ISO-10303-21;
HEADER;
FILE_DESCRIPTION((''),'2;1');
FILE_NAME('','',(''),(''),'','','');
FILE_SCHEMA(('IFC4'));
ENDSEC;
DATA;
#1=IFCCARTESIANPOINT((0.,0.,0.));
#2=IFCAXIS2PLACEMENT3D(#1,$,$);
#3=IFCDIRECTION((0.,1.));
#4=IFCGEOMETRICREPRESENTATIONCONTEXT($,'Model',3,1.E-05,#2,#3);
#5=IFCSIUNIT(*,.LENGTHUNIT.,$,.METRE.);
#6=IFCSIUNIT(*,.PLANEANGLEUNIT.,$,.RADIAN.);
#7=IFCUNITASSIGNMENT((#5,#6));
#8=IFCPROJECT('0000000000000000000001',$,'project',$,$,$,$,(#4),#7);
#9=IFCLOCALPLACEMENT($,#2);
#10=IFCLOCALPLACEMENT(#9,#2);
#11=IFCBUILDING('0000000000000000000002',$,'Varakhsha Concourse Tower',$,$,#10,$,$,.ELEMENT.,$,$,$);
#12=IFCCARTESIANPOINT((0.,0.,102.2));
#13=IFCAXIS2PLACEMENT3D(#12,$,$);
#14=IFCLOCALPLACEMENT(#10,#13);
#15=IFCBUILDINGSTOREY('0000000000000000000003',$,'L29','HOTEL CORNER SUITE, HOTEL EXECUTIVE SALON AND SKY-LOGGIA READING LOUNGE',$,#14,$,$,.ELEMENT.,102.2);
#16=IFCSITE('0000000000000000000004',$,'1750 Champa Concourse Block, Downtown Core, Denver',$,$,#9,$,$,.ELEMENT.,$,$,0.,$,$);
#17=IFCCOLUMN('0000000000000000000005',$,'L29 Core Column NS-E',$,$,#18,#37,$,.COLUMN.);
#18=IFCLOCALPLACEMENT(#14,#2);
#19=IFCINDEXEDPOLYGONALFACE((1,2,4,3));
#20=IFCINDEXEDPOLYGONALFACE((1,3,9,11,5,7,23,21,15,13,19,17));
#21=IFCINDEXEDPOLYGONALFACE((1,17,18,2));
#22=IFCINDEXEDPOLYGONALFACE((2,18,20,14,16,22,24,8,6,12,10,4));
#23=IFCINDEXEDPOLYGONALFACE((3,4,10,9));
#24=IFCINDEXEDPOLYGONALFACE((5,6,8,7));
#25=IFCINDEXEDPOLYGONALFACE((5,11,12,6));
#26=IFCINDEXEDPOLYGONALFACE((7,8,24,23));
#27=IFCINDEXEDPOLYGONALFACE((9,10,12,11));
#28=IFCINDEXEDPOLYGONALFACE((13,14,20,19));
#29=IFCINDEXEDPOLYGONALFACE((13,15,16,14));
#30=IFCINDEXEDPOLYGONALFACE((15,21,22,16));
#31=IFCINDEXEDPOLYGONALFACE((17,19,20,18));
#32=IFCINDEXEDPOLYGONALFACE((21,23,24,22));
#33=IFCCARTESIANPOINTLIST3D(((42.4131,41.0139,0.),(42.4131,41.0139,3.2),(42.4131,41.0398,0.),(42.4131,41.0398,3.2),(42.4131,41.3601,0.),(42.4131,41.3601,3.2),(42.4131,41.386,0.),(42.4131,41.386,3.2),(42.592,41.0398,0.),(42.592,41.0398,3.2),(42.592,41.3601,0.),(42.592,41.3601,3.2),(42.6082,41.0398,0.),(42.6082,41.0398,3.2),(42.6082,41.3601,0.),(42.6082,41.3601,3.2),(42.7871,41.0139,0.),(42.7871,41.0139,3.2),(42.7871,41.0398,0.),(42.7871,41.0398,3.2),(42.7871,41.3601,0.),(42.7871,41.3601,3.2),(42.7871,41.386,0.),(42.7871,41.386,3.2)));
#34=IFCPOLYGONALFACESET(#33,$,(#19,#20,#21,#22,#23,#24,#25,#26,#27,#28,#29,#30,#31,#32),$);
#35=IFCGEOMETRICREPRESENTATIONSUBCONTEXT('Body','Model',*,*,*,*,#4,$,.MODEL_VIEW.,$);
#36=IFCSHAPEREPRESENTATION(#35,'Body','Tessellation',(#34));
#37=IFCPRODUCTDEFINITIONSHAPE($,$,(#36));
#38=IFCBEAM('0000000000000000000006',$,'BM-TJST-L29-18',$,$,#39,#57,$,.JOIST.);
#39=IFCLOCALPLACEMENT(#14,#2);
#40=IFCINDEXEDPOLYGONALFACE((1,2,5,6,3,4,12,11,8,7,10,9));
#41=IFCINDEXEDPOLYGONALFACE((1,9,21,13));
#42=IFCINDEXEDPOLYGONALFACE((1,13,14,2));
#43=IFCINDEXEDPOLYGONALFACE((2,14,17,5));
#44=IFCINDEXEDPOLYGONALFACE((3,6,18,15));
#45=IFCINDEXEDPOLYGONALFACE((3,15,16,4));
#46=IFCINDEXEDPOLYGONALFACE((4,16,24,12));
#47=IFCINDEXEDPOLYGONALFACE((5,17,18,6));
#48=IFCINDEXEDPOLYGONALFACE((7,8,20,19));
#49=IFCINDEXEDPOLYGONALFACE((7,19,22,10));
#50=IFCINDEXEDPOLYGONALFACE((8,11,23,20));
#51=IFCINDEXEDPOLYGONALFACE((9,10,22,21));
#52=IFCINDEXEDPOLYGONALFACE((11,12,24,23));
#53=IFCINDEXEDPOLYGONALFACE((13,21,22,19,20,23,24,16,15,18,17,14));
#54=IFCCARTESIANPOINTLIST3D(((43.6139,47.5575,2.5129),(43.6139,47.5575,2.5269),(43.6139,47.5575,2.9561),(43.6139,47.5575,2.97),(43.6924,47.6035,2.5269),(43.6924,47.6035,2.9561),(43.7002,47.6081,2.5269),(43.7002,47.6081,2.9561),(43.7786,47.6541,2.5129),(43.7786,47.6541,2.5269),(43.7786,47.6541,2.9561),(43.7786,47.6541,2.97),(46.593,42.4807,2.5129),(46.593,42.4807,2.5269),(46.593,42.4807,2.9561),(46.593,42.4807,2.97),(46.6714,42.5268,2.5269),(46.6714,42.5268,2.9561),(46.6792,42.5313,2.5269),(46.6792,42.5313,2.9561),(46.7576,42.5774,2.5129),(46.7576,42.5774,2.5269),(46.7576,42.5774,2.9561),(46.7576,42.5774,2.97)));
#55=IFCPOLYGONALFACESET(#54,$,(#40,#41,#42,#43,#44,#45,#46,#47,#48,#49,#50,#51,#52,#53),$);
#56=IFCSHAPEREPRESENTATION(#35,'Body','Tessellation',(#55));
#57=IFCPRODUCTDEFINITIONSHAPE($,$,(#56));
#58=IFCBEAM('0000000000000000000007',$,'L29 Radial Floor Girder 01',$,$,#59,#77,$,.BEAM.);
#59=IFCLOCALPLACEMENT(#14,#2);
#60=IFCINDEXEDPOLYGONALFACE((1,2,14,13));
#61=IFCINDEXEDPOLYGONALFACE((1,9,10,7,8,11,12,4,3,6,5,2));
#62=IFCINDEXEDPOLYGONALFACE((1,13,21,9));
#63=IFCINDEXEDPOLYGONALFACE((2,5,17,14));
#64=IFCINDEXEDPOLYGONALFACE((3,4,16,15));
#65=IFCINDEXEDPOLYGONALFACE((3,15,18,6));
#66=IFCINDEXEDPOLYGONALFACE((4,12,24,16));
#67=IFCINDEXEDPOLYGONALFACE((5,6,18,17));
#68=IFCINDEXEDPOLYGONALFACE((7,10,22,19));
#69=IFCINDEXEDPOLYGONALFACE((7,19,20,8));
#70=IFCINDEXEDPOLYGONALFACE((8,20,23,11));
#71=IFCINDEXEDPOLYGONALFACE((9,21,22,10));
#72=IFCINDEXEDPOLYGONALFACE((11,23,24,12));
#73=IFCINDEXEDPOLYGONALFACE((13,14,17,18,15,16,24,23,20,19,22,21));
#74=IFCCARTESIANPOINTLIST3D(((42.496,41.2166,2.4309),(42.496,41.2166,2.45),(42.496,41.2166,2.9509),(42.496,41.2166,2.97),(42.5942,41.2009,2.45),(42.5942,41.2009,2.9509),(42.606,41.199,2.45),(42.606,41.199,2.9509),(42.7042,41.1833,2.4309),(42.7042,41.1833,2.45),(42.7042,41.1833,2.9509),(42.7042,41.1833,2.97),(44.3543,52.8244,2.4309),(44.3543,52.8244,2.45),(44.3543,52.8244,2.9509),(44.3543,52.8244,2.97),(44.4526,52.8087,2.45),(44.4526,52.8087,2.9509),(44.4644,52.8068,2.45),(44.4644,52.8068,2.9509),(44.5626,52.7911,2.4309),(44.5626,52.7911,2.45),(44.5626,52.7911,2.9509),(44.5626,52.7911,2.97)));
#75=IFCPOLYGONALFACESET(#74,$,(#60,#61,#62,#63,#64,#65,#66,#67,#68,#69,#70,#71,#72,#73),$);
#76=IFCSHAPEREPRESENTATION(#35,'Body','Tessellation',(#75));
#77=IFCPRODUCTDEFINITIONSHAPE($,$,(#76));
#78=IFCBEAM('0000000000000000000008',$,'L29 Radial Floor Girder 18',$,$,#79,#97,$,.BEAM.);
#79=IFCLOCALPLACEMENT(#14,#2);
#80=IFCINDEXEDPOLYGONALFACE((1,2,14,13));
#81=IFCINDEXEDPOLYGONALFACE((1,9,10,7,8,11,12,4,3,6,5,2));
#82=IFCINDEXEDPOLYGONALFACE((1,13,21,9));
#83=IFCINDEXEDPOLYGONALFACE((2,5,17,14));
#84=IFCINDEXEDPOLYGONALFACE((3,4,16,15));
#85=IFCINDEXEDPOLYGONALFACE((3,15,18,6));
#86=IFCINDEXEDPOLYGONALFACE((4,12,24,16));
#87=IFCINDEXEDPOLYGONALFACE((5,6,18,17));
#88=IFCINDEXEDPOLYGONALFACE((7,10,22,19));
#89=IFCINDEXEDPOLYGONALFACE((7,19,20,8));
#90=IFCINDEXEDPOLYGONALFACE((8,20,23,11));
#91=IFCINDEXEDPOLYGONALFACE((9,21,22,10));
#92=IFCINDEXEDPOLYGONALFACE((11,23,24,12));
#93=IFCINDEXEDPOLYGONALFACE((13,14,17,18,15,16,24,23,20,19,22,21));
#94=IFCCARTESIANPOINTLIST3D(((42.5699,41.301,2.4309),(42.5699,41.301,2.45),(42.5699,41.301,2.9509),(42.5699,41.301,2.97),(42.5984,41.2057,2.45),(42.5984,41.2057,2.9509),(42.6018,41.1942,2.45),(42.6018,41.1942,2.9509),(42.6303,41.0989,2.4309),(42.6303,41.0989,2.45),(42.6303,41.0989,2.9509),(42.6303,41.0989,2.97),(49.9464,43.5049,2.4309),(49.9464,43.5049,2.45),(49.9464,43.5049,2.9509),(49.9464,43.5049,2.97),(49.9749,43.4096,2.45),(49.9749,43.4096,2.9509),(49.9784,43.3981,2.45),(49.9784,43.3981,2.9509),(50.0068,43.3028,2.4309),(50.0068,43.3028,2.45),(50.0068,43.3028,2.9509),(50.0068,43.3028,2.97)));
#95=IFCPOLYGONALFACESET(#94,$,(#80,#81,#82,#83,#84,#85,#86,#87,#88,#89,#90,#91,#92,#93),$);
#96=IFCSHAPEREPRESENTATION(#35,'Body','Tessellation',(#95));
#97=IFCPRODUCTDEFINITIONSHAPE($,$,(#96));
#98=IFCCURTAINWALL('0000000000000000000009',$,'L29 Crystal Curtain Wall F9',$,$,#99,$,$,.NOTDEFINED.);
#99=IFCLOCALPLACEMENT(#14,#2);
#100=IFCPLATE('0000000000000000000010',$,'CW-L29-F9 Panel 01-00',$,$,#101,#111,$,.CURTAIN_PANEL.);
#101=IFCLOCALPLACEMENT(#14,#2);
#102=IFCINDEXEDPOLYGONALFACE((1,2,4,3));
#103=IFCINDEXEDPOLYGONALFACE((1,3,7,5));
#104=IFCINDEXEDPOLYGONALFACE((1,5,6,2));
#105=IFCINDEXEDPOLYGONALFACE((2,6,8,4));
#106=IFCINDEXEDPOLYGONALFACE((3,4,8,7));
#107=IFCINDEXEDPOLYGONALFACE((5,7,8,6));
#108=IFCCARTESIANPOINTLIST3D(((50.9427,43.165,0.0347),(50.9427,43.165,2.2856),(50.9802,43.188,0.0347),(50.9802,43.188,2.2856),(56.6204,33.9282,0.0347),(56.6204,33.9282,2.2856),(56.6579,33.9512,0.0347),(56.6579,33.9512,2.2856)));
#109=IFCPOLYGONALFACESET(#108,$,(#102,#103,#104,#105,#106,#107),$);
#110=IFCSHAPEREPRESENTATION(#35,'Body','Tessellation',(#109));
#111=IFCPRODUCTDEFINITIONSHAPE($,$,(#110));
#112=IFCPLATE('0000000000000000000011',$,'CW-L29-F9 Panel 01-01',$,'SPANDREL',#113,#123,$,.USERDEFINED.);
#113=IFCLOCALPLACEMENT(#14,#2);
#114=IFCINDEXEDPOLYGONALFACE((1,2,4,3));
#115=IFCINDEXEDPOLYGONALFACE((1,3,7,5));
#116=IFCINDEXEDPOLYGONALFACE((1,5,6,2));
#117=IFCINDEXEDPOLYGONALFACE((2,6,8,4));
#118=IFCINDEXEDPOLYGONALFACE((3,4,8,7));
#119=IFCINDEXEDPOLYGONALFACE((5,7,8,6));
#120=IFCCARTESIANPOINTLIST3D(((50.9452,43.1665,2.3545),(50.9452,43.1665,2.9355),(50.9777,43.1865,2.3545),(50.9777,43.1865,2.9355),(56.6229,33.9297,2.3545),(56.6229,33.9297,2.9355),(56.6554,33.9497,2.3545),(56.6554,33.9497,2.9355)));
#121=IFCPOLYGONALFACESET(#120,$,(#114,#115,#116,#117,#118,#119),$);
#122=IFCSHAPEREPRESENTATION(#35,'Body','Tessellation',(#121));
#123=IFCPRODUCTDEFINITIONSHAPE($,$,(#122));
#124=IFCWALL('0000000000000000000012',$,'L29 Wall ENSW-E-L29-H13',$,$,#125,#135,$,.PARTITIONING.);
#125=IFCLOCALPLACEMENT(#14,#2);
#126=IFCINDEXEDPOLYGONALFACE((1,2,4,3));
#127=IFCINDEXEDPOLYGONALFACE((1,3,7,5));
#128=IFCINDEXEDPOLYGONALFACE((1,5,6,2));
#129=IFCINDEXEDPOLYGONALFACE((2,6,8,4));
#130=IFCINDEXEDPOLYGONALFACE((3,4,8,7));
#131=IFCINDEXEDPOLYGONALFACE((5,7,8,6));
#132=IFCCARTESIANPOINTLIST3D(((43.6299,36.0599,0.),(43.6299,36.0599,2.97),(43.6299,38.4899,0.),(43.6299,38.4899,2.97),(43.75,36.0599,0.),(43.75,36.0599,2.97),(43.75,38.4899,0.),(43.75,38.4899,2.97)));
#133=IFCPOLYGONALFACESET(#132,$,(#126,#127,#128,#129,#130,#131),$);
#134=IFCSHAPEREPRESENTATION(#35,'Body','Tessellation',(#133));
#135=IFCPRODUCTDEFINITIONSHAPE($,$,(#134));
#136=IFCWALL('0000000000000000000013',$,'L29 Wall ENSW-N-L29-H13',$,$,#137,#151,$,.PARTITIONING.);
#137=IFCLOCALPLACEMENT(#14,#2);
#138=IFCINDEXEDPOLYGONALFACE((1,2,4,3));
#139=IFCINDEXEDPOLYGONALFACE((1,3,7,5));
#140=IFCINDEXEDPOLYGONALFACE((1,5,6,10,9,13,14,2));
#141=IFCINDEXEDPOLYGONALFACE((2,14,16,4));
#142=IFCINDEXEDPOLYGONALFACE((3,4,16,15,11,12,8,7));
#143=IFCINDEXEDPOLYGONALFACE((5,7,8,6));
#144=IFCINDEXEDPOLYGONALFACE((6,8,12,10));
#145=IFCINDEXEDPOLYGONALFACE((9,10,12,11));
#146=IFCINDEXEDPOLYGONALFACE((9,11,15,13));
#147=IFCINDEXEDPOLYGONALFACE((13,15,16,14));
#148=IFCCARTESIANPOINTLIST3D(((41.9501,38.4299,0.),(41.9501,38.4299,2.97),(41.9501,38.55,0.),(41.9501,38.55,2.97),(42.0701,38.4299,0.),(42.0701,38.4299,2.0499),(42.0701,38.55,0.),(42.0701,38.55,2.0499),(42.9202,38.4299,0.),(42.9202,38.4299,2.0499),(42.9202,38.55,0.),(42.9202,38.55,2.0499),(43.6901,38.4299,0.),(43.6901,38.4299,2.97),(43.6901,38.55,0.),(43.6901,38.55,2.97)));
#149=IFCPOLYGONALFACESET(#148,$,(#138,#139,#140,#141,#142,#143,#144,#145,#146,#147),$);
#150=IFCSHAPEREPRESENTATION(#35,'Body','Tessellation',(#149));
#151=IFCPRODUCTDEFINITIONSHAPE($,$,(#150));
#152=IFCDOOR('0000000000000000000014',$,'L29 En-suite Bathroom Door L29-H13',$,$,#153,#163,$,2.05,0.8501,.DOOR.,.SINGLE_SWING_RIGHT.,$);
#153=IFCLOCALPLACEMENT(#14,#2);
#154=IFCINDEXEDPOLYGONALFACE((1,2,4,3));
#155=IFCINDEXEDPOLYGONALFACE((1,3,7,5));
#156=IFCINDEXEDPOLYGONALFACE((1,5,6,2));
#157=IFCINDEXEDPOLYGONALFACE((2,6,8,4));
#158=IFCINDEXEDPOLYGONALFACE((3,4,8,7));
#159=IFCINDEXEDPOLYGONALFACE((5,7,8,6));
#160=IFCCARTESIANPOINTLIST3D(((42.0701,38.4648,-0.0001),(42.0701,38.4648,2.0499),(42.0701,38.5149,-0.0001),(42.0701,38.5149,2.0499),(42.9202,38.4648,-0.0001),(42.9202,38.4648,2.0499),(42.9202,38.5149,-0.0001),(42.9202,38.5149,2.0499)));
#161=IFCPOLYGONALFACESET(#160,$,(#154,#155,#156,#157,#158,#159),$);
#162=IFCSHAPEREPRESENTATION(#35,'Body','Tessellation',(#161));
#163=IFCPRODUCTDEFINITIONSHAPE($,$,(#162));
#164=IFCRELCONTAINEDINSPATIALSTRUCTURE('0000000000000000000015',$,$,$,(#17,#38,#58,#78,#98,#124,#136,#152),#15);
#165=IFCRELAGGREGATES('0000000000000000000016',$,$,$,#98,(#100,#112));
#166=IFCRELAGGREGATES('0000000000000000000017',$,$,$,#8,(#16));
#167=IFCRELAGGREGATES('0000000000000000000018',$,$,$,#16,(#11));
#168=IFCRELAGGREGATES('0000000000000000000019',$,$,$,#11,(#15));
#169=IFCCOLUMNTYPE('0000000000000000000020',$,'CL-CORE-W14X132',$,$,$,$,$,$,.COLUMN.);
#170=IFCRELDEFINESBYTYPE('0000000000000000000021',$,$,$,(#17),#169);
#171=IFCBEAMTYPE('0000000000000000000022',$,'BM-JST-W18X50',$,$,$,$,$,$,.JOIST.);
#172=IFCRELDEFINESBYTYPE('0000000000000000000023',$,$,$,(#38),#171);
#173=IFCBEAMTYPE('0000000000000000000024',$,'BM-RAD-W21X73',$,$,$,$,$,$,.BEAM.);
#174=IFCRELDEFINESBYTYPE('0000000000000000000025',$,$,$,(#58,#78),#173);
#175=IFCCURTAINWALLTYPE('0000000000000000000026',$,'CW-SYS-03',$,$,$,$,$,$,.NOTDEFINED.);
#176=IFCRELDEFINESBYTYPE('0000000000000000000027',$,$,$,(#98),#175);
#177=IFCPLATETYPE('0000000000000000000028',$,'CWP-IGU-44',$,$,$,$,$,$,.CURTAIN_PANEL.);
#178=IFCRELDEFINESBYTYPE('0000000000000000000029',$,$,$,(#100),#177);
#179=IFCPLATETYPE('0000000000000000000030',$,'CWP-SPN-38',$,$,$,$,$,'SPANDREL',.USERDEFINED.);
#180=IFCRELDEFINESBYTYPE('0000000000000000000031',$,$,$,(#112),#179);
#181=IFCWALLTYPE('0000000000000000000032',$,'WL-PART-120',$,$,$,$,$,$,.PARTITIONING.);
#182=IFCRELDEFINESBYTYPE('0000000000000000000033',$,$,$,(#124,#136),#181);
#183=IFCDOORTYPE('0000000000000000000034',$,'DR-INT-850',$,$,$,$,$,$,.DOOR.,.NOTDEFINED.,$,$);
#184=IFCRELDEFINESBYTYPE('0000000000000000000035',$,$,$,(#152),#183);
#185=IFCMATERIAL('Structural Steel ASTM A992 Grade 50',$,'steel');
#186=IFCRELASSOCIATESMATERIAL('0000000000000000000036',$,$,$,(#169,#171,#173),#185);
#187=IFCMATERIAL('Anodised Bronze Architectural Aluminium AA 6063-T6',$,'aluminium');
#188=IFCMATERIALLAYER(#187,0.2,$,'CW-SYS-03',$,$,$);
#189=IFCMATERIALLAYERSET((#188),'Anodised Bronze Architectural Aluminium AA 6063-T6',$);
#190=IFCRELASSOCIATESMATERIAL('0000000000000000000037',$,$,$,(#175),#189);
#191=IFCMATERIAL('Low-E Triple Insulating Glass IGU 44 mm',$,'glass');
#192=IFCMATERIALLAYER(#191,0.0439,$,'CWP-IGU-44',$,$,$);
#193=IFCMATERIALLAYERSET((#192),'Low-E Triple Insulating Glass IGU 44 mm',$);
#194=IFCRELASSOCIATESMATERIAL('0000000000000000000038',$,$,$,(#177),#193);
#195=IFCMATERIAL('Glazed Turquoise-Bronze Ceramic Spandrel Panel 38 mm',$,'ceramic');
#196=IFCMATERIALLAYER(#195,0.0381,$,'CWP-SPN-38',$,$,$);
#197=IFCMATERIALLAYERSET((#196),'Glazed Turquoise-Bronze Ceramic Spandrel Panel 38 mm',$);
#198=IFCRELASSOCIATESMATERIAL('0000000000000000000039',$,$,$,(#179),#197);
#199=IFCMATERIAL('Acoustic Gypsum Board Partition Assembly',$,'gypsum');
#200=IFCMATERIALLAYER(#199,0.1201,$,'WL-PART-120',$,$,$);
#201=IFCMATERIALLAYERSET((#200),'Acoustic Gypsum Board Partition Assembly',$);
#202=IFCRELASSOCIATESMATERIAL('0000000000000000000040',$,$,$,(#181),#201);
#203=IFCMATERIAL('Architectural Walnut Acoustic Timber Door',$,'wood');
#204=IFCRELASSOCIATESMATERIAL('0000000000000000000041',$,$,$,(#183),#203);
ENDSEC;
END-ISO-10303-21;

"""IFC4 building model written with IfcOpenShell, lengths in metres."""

from ifc_helpers import new_model, si_unit, direction, frame, frame_2d, origin, origin_2d, place, context, subcontext, project, spatial, rectangle, i_section, extrude, source, transform, mapped, material, layer, layer_set, material_profile, profile_set, type_object, type_shapes, element, fill, aggregate, save


model = new_model("IFC4")

# Units and contexts
model_context = context("Model", 3, precision=1e-05, world=origin(), true_north=direction((0.0, 1.0)))
body_context = subcontext(model_context, "Body", "Model", "MODEL_VIEW")
ifc_project = project(units=[si_unit("LENGTHUNIT", "METRE"), si_unit("PLANEANGLEUNIT", "RADIAN")], contexts=[model_context])

# Site, building, storey
site_placement = place(None, origin())
site = spatial("IfcSite", under=ifc_project, at=site_placement, Name="1750 Champa Concourse Block, Downtown Core, Denver", CompositionType="ELEMENT", RefElevation=0.0)
building_placement = place(site_placement, origin())
building = spatial("IfcBuilding", under=site, at=building_placement, Name="Varakhsha Concourse Tower", CompositionType="ELEMENT")
storey_placement = place(building_placement, frame((0.0, 0.0, 102.2)))
storey = spatial("IfcBuildingStorey", under=building, at=storey_placement, Name="L29", Description="HOTEL CORNER SUITE, HOTEL EXECUTIVE SALON AND SKY-LOGGIA READING LOUNGE", CompositionType="ELEMENT", Elevation=102.2)

# Column
ifc_material_1 = material(Name="Structural Steel ASTM A992 Grade 50", Category="steel")
ifc_material_profile_1 = material_profile(ifc_material_1, i_section(OverallWidth=0.374, OverallDepth=0.3721, WebThickness=0.0161, FlangeThickness=0.0259, at=origin_2d()), Name="W14X132")
ifc_profile_set_1 = profile_set([ifc_material_profile_1], Name="Structural Steel ASTM A992 Grade 50")
column_type = type_object("IfcColumnType", Name="CL-CORE-W14X132", PredefinedType="COLUMN", material=ifc_profile_set_1)
column_placement = place(storey_placement, frame((42.6001, 41.2, 0.0), z_axis=(0.0, 0.0, 1.0), x_axis=(1.0, 0.0, 0.0)))
element("IfcColumn", 1, at=column_placement, inside=storey, type_object=column_type, Name="L29 Core Column NS-E", PredefinedType="COLUMN", context=body_context, shape_type="SweptSolid", body=[
    extrude(i_section(OverallWidth=0.374, OverallDepth=0.3721, WebThickness=0.0161, FlangeThickness=0.0259, at=origin_2d()), origin(), (0.0, 0.0, 1.0), 3.2),
])

# Beams
ifc_material_profile_2 = material_profile(ifc_material_1, i_section(OverallWidth=0.1909, OverallDepth=0.457, WebThickness=0.009, FlangeThickness=0.0139, at=origin_2d()), Name="W18X50")
ifc_profile_set_2 = profile_set([ifc_material_profile_2], Name="Structural Steel ASTM A992 Grade 50")
beam_type_1 = type_object("IfcBeamType", Name="BM-JST-W18X50", PredefinedType="JOIST", material=ifc_profile_set_2)
beam_1_placement = place(storey_placement, frame((46.6753, 42.5291, 2.7415), z_axis=(-0.506103, 0.862473, 0.0), x_axis=(-0.862473, -0.506103, 0.0)))
element("IfcBeam", 2, at=beam_1_placement, inside=storey, type_object=beam_type_1, Name="BM-TJST-L29-18", PredefinedType="JOIST", context=body_context, shape_type="SweptSolid", body=[
    extrude(i_section(OverallWidth=0.1909, OverallDepth=0.457, WebThickness=0.009, FlangeThickness=0.0139, at=origin_2d()), origin(), (0.0, 0.0, 1.0), 5.8862),
])
ifc_material_profile_3 = material_profile(ifc_material_1, i_section(OverallWidth=0.2109, OverallDepth=0.5391, WebThickness=0.012, FlangeThickness=0.019, at=origin_2d()), Name="W21X73")
ifc_profile_set_3 = profile_set([ifc_material_profile_3], Name="Structural Steel ASTM A992 Grade 50")
beam_type_2 = type_object("IfcBeamType", Name="BM-RAD-W21X73", PredefinedType="BEAM", material=ifc_profile_set_3)
beam_2_placement = place(storey_placement, frame((42.6001, 41.2, 2.7004), z_axis=(0.158084, 0.987426, 0.0), x_axis=(-0.987426, 0.158084, 0.0)))
element("IfcBeam", 3, at=beam_2_placement, inside=storey, type_object=beam_type_2, Name="L29 Radial Floor Girder 01", PredefinedType="BEAM", context=body_context, shape_type="SweptSolid", body=[
    extrude(i_section(OverallWidth=0.2109, OverallDepth=0.5391, WebThickness=0.012, FlangeThickness=0.019, at=origin_2d()), origin(), (0.0, 0.0, 1.0), 11.7556),
])
beam_3_placement = place(storey_placement, frame((42.6001, 41.2, 2.7004), z_axis=(0.95815, 0.286265, 0.0), x_axis=(-0.286265, 0.95815, 0.0)))
element("IfcBeam", 4, at=beam_3_placement, inside=storey, type_object=beam_type_2, Name="L29 Radial Floor Girder 18", PredefinedType="BEAM", context=body_context, shape_type="SweptSolid", body=[
    extrude(i_section(OverallWidth=0.2109, OverallDepth=0.5391, WebThickness=0.012, FlangeThickness=0.019, at=origin_2d()), origin(), (0.0, 0.0, 1.0), 7.6987),
])

# Curtain wall, plates
ifc_material_2 = material(Name="Anodised Bronze Architectural Aluminium AA 6063-T6", Category="aluminium")
ifc_layer_1 = layer(ifc_material_2, 0.2, Name="CW-SYS-03")
ifc_layer_set_1 = layer_set([ifc_layer_1], Name="Anodised Bronze Architectural Aluminium AA 6063-T6")
curtain_wall_type = type_object("IfcCurtainWallType", Name="CW-SYS-03", PredefinedType="NOTDEFINED", material=ifc_layer_set_1)
curtain_wall_placement = place(storey_placement, origin())
curtain_wall = element("IfcCurtainWall", 5, at=curtain_wall_placement, inside=storey, type_object=curtain_wall_type, Name="L29 Crystal Curtain Wall F9", PredefinedType="NOTDEFINED")
ifc_material_3 = material(Name="Low-E Triple Insulating Glass IGU 44 mm", Category="glass")
ifc_layer_2 = layer(ifc_material_3, 0.0439, Name="CWP-IGU-44")
ifc_layer_set_2 = layer_set([ifc_layer_2], Name="Low-E Triple Insulating Glass IGU 44 mm")
plate_type_1 = type_object("IfcPlateType", Name="CWP-IGU-44", PredefinedType="CURTAIN_PANEL", material=ifc_layer_set_2)
shared_shape_1 = source(origin(), body_context, "Body", "SweptSolid", [
    extrude(rectangle(XDim=10.8423, YDim=0.0439, at=origin_2d()), origin(), (0.0, 0.0, 1.0), 2.251),
])
type_shapes(plate_type_1, [shared_shape_1])
plate_1_placement = place(storey_placement, frame((53.8003, 38.5581, 0.0347), z_axis=(0.0, 0.0, 1.0), x_axis=(0.523665, -0.851924, 0.0)))
plate_1 = element("IfcPlate", 6, at=plate_1_placement, type_object=plate_type_1, Name="CW-L29-F9 Panel 01-00", PredefinedType="CURTAIN_PANEL", context=body_context, shape_type="MappedRepresentation", body=[
    mapped(shared_shape_1, transform((0.0, 0.0, 0.0), scale=1.0)),
])
ifc_material_4 = material(Name="Glazed Turquoise-Bronze Ceramic Spandrel Panel 38 mm", Category="ceramic")
ifc_layer_3 = layer(ifc_material_4, 0.0381, Name="CWP-SPN-38")
ifc_layer_set_3 = layer_set([ifc_layer_3], Name="Glazed Turquoise-Bronze Ceramic Spandrel Panel 38 mm")
plate_type_2 = type_object("IfcPlateType", Name="CWP-SPN-38", ElementType="SPANDREL", PredefinedType="USERDEFINED", material=ifc_layer_set_3)
shared_shape_2 = source(origin(), body_context, "Body", "SweptSolid", [
    extrude(rectangle(XDim=10.8423, YDim=0.0381, at=origin_2d()), origin(), (0.0, 0.0, 1.0), 0.5811),
])
type_shapes(plate_type_2, [shared_shape_2])
plate_2_placement = place(storey_placement, frame((53.8003, 38.5581, 2.3545), z_axis=(0.0, 0.0, 1.0), x_axis=(0.523665, -0.851924, 0.0)))
plate_2 = element("IfcPlate", 7, at=plate_2_placement, type_object=plate_type_2, Name="CW-L29-F9 Panel 01-01", ObjectType="SPANDREL", PredefinedType="USERDEFINED", context=body_context, shape_type="MappedRepresentation", body=[
    mapped(shared_shape_2, transform((0.0, 0.0, 0.0), scale=1.0)),
])
aggregate(curtain_wall, [plate_1, plate_2])

# Wall
ifc_material_5 = material(Name="Acoustic Gypsum Board Partition Assembly", Category="gypsum")
ifc_layer_4 = layer(ifc_material_5, 0.1201, Name="WL-PART-120")
ifc_layer_set_4 = layer_set([ifc_layer_4], Name="Acoustic Gypsum Board Partition Assembly")
wall_type_1 = type_object("IfcWallType", Name="WL-PART-120", PredefinedType="PARTITIONING", material=ifc_layer_set_4)
wall_1_placement = place(storey_placement, frame((43.6899, 36.0601, 0.0), z_axis=(0.0, 0.0, 1.0), x_axis=(0.0, 1.0, 0.0)))
element("IfcWall", 8, at=wall_1_placement, inside=storey, type_object=wall_type_1, Name="L29 Wall ENSW-E-L29-H13", PredefinedType="PARTITIONING", context=body_context, shape_type="SweptSolid", body=[
    extrude(rectangle(XDim=2.4299, YDim=0.1201, at=frame_2d((1.2148, 0.0))), origin(), (0.0, 0.0, 1.0), 2.97),
])

# Wall, opening, door
wall_2_placement = place(storey_placement, frame((41.95, 38.49, 0.0), z_axis=(0.0, 0.0, 1.0), x_axis=(1.0, 0.0, 0.0)))
wall_2 = element("IfcWall", 9, at=wall_2_placement, inside=storey, type_object=wall_type_1, Name="L29 Wall ENSW-N-L29-H13", PredefinedType="PARTITIONING", context=body_context, shape_type="SweptSolid", body=[
    extrude(rectangle(XDim=1.74, YDim=0.1201, at=frame_2d((0.8701, 0.0))), origin(), (0.0, 0.0, 1.0), 2.97),
])
opening_1_placement = place(wall_2_placement, frame((0.1201, 0.0, 0.0)))
opening_1 = element("IfcOpeningElement", 10, at=opening_1_placement, cuts=wall_2, PredefinedType="OPENING", context=body_context, shape_type="SweptSolid", body=[
    extrude(rectangle(XDim=0.8501, YDim=2.05, at=frame_2d((0.425, 1.0249))), frame((0.0, 0.0701, 0.0), z_axis=(0.0, -1.0, 0.0), x_axis=(1.0, 0.0, 0.0)), (0.0, 0.0, 1.0), 0.1401),
])
ifc_material_6 = material(Name="Architectural Walnut Acoustic Timber Door", Category="wood")
door_type = type_object("IfcDoorType", Name="DR-INT-850", OperationType="NOTDEFINED", PredefinedType="DOOR", material=ifc_material_6)
door_1_placement = place(opening_1_placement, origin())
door_1 = element("IfcDoor", 11, at=door_1_placement, inside=storey, type_object=door_type, Name="L29 En-suite Bathroom Door L29-H13", OperationType="SINGLE_SWING_RIGHT", OverallHeight=2.05, OverallWidth=0.8501, PredefinedType="DOOR", context=body_context, shape_type="SweptSolid", body=[
    extrude(rectangle(XDim=0.8501, YDim=2.05, at=frame_2d((0.425, 1.0249))), frame((0.0, 0.0249, 0.0), z_axis=(0.0, -1.0, 0.0), x_axis=(1.0, 0.0, 0.0)), (0.0, 0.0, 1.0), 0.05),
])
fill(opening_1, door_1)

save(model, "model.ifc")
